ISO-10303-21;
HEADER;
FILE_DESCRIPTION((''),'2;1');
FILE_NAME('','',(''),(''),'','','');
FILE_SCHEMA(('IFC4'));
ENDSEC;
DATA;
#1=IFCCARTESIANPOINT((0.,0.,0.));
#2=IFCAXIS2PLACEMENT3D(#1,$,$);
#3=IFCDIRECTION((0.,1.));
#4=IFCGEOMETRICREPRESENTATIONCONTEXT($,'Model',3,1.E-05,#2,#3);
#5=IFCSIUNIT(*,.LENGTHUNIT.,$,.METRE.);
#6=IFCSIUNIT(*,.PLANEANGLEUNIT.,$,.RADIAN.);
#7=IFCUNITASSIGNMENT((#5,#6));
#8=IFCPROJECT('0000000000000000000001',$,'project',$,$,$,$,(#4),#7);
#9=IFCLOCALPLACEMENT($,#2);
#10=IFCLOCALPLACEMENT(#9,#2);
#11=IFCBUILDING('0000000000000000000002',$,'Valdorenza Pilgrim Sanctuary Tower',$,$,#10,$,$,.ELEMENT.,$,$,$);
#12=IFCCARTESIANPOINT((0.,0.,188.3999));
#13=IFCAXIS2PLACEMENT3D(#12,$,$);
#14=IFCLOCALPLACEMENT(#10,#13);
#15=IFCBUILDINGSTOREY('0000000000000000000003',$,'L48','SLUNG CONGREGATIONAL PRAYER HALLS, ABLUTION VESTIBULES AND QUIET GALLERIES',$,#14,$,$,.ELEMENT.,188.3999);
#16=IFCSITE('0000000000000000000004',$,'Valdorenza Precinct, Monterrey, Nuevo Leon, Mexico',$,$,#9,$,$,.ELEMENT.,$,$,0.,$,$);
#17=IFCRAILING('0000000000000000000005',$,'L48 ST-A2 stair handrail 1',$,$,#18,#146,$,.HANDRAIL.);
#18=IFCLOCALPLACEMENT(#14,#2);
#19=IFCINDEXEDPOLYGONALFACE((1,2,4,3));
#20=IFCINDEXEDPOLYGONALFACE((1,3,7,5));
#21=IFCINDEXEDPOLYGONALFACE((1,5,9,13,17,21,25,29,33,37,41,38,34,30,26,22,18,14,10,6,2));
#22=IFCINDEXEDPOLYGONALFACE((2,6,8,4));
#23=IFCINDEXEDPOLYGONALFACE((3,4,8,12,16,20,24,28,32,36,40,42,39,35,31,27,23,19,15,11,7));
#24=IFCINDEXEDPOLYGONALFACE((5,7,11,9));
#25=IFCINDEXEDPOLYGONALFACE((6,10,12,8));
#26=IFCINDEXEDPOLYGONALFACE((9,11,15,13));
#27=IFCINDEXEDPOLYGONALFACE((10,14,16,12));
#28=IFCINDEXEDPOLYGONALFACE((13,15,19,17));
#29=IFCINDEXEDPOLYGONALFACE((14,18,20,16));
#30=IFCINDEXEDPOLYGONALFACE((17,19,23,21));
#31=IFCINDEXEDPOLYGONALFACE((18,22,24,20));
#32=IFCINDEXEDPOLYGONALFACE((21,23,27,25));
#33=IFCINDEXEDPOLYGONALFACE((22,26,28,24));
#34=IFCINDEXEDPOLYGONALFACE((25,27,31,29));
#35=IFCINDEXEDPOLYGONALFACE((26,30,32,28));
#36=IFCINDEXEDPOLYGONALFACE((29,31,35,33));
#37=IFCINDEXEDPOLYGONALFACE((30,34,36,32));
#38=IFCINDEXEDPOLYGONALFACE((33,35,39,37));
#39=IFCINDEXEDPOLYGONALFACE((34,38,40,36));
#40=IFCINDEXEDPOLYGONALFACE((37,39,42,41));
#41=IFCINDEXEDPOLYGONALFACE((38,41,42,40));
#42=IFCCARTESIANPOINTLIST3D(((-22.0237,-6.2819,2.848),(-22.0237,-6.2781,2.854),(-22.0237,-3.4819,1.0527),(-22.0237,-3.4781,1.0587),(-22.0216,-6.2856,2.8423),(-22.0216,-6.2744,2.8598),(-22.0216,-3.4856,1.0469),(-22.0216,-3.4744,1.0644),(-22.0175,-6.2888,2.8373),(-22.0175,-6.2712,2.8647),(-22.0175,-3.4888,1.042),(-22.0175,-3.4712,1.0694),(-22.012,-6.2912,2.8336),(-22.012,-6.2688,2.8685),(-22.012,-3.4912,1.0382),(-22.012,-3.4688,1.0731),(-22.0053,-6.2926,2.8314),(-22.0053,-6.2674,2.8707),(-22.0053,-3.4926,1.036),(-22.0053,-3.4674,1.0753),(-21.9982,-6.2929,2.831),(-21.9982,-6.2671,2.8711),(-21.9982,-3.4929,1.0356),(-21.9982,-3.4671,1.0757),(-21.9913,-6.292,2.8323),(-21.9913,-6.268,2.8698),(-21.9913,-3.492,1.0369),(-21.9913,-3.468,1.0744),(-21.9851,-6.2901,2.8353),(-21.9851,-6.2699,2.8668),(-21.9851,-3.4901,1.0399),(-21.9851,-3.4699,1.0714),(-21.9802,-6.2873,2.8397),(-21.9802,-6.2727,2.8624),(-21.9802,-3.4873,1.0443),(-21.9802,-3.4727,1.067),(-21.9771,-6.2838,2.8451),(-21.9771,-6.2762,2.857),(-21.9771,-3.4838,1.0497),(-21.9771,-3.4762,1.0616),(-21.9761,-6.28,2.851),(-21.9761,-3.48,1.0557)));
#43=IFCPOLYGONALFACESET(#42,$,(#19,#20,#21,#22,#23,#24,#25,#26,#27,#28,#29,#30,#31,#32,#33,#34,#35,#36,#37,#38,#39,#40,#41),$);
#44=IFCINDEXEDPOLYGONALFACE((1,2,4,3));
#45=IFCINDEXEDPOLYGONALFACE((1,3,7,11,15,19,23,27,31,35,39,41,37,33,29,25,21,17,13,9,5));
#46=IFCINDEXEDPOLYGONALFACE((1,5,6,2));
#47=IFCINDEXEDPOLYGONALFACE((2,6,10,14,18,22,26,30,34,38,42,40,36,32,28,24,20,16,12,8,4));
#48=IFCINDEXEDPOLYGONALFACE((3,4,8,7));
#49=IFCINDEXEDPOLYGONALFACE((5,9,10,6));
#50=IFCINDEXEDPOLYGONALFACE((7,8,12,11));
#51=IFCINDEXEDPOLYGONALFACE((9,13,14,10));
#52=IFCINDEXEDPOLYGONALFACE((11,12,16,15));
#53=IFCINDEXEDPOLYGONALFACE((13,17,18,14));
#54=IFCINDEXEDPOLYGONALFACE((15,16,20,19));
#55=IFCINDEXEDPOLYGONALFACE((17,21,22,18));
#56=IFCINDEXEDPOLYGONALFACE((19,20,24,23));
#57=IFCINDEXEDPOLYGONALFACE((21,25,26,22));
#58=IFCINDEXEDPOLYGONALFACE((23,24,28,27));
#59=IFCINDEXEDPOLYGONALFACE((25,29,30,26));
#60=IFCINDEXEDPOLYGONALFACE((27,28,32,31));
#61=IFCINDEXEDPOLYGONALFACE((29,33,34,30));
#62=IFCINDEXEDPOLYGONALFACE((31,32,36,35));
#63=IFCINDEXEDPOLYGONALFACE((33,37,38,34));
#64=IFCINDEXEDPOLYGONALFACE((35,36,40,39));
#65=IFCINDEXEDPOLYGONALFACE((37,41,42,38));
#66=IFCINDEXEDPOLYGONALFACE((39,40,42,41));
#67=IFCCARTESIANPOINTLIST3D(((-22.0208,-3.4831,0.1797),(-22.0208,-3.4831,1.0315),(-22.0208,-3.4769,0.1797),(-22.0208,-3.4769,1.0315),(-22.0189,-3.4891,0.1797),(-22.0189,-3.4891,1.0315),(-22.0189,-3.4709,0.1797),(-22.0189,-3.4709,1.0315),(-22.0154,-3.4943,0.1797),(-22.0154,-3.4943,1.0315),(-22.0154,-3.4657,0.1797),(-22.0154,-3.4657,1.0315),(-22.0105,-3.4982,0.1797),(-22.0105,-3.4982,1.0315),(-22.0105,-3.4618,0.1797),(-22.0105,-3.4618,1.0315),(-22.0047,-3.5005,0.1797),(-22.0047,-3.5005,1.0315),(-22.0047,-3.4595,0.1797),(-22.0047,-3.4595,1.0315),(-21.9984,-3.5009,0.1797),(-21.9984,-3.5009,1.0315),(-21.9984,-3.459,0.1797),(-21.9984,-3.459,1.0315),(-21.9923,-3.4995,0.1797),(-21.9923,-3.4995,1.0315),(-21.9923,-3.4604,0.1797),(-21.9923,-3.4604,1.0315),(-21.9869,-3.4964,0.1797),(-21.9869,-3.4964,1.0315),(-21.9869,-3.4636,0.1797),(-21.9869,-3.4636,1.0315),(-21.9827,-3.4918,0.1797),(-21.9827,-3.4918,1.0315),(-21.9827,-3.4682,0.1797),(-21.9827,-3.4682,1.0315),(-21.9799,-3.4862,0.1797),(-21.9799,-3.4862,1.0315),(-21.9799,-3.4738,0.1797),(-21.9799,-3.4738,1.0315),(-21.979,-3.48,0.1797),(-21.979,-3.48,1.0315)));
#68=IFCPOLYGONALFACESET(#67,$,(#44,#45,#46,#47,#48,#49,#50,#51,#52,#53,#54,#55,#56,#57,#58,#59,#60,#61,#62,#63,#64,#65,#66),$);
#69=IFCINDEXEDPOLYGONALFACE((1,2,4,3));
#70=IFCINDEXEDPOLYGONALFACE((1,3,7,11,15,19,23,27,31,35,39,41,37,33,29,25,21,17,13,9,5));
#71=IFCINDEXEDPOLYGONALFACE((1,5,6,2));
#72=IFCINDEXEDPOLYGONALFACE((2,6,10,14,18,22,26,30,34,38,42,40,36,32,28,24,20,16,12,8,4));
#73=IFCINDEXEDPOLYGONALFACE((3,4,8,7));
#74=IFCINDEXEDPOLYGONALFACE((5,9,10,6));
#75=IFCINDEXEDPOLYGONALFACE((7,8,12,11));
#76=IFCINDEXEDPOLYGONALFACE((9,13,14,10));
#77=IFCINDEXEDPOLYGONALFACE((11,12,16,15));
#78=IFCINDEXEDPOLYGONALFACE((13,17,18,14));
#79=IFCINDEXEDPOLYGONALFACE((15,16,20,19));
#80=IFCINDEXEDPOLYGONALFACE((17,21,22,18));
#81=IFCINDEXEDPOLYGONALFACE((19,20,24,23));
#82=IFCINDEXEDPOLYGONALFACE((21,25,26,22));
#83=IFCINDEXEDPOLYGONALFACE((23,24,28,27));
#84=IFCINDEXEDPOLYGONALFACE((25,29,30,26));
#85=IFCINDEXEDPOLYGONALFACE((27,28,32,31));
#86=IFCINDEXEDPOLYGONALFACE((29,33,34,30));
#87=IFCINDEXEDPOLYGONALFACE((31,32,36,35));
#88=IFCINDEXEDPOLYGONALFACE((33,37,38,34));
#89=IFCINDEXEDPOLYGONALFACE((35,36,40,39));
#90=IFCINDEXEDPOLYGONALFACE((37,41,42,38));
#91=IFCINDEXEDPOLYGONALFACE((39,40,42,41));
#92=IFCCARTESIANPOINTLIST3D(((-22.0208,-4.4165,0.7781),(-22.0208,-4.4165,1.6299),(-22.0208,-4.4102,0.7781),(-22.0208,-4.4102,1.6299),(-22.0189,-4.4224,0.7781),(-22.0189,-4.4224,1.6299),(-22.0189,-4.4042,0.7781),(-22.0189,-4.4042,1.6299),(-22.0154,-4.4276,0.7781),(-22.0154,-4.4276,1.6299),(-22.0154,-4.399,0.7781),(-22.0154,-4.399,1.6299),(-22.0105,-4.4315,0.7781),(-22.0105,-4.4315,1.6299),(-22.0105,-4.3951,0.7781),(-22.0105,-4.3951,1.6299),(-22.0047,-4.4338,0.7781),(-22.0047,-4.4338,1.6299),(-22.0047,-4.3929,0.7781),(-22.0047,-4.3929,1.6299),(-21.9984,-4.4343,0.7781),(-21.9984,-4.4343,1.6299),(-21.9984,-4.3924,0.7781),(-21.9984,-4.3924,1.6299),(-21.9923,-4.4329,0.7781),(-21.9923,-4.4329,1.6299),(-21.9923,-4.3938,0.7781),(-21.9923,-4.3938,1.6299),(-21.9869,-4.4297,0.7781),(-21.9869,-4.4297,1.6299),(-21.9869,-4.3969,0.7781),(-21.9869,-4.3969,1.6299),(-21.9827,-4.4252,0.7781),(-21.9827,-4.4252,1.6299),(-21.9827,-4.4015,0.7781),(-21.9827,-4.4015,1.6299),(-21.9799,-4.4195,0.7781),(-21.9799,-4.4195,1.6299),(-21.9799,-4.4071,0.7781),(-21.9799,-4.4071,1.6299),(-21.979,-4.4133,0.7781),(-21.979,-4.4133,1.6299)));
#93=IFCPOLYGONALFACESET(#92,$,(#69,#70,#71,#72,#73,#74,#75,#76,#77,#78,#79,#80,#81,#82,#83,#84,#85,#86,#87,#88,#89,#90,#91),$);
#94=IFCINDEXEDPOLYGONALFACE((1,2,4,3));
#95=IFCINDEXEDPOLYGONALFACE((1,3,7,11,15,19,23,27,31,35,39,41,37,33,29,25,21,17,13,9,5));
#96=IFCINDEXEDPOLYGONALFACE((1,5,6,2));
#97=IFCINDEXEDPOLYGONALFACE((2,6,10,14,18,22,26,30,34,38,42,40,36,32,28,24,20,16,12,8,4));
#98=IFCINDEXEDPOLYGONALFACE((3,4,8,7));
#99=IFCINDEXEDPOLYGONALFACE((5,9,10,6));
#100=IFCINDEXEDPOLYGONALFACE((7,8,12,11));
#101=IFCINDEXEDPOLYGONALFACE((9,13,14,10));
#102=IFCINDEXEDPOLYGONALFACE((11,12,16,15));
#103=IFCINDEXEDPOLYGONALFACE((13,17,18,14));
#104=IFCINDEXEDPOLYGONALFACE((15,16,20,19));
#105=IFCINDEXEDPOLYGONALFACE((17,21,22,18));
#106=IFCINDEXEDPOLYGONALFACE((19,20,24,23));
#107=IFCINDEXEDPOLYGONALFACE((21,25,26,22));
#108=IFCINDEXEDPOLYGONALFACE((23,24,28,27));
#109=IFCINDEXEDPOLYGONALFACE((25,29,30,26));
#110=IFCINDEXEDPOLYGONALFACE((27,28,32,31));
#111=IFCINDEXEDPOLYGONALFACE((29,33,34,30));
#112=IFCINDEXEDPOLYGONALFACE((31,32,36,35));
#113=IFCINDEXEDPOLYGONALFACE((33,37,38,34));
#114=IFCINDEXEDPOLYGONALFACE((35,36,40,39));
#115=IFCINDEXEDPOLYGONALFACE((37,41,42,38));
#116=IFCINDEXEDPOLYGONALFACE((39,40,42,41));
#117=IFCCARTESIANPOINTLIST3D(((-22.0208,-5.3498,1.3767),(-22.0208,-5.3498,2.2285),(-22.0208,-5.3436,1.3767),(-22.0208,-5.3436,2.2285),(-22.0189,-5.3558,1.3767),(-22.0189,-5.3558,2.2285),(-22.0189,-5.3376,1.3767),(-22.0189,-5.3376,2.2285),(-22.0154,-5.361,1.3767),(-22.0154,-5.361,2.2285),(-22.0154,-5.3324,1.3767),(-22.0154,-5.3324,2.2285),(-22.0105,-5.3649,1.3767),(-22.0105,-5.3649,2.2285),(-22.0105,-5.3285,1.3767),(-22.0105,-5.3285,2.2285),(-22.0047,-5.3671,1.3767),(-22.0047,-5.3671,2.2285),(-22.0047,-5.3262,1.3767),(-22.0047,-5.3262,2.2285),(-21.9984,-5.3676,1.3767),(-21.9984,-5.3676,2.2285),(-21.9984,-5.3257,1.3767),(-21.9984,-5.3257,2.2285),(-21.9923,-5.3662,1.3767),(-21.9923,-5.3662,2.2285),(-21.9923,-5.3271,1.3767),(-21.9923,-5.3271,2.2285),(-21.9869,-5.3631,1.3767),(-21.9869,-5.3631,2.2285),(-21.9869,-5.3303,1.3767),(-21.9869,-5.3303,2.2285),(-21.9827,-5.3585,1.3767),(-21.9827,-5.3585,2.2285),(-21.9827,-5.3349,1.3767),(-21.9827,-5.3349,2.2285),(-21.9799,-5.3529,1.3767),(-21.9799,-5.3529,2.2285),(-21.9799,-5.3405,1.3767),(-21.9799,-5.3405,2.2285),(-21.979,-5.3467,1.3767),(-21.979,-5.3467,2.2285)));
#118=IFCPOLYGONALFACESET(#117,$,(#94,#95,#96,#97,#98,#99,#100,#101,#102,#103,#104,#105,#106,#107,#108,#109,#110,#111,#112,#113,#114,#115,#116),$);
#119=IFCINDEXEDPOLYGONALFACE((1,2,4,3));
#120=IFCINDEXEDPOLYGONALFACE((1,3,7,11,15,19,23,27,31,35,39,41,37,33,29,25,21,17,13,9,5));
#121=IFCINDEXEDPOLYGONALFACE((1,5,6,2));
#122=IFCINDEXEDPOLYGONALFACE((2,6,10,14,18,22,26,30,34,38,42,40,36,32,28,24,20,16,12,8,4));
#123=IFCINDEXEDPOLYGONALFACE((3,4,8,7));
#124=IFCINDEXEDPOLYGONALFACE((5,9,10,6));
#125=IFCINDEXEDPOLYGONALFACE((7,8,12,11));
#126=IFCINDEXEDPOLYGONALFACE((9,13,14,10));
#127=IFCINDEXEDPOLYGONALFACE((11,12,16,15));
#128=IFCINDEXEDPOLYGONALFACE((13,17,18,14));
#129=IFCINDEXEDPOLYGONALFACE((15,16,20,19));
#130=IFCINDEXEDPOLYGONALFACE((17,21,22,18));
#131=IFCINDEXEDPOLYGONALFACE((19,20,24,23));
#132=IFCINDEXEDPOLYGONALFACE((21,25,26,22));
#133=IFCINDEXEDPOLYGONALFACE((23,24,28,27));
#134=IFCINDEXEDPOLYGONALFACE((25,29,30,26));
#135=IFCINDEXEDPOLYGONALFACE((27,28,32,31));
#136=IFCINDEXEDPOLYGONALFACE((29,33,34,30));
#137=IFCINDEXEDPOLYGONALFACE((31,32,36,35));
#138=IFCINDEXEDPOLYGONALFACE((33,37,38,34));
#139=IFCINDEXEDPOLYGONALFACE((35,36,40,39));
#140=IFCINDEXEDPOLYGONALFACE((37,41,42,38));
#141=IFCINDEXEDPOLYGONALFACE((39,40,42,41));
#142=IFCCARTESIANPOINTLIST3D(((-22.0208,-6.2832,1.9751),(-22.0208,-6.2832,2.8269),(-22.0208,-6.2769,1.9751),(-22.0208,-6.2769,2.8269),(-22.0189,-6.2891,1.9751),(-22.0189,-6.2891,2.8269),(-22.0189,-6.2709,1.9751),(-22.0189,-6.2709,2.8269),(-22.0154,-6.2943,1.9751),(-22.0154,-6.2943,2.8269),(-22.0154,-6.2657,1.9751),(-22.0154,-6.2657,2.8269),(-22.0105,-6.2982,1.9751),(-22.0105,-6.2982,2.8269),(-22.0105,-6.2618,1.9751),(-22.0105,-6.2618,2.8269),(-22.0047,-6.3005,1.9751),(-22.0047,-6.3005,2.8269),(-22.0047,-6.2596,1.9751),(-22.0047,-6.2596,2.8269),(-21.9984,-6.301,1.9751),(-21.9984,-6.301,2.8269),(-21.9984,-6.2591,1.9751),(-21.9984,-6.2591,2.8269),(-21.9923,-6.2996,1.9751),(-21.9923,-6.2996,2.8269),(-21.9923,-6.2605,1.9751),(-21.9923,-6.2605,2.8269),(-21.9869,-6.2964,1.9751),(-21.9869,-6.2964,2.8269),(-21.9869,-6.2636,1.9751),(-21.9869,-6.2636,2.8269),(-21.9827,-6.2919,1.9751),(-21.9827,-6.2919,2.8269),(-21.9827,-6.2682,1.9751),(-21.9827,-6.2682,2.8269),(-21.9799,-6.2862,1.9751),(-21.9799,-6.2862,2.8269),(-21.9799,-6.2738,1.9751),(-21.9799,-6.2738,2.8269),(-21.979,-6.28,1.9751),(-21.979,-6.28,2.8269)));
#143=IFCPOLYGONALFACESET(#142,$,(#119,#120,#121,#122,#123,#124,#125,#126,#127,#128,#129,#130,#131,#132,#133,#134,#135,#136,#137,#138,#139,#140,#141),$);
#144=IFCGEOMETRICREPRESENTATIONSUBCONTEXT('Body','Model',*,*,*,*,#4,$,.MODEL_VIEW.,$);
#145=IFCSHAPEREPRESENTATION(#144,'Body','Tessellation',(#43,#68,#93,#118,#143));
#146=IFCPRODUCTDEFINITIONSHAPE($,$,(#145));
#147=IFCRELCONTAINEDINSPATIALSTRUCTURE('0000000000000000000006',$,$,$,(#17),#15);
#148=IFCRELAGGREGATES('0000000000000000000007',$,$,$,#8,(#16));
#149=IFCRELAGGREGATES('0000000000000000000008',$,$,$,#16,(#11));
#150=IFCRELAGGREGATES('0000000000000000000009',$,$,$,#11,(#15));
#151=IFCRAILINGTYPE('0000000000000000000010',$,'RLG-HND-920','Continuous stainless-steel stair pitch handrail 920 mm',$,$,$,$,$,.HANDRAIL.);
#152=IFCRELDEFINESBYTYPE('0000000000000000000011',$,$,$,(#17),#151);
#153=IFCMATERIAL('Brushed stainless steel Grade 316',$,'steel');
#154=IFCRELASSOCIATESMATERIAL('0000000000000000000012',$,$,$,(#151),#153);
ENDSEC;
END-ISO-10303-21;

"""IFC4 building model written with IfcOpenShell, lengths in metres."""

from ifc_helpers import new_model, si_unit, direction, frame, origin, origin_2d, place, context, subcontext, project, spatial, circle, extrude, material, type_object, element, save


model = new_model("IFC4")

# Units and contexts
model_context = context("Model", 3, precision=1e-05, world=origin(), true_north=direction((0.0, 1.0)))
body_context = subcontext(model_context, "Body", "Model", "MODEL_VIEW")
ifc_project = project(units=[si_unit("LENGTHUNIT", "METRE"), si_unit("PLANEANGLEUNIT", "RADIAN")], contexts=[model_context])

# Site, building, storey
site_placement = place(None, origin())
site = spatial("IfcSite", under=ifc_project, at=site_placement, Name="Valdorenza Precinct, Monterrey, Nuevo Leon, Mexico", CompositionType="ELEMENT", RefElevation=0.0)
building_placement = place(site_placement, origin())
building = spatial("IfcBuilding", under=site, at=building_placement, Name="Valdorenza Pilgrim Sanctuary Tower", CompositionType="ELEMENT")
storey_placement = place(building_placement, frame((0.0, 0.0, 188.3999)))
storey = spatial("IfcBuildingStorey", under=building, at=storey_placement, Name="L48", Description="SLUNG CONGREGATIONAL PRAYER HALLS, ABLUTION VESTIBULES AND QUIET GALLERIES", CompositionType="ELEMENT", Elevation=188.3999)

# Shared definitions
ifc_material_1 = material(Name="Brushed stainless steel Grade 316", Category="steel")

# Railing
railing_type_1 = type_object("IfcRailingType", Name="RLG-HND-920", Description="Continuous stainless-steel stair pitch handrail 920 mm", PredefinedType="HANDRAIL", material=ifc_material_1)
railing_1_placement = place(storey_placement, frame((-22.0, -3.48, 0.1797)))
element("IfcRailing", 1, at=railing_1_placement, inside=storey, type_object=railing_type_1, Name="L48 ST-A2 stair handrail 1", PredefinedType="HANDRAIL", context=body_context, shape_type="SweptSolid", body=[
    extrude(circle(Radius=0.0239, at=origin_2d()), frame((0.0, 0.0, 0.876), z_axis=(0.0, -0.84181, 0.539774), x_axis=(1.0, 0.0, 0.0)), (0.0, 0.0, 1.0), 3.3262),
    extrude(circle(Radius=0.021, at=origin_2d()), origin(), (0.0, 0.0, 1.0), 0.8518),
    extrude(circle(Radius=0.021, at=origin_2d()), frame((0.0, -0.9333, 0.5984)), (0.0, 0.0, 1.0), 0.8518),
    extrude(circle(Radius=0.021, at=origin_2d()), frame((0.0, -1.8667, 1.197)), (0.0, 0.0, 1.0), 0.8518),
    extrude(circle(Radius=0.021, at=origin_2d()), frame((0.0, -2.8, 1.7954)), (0.0, 0.0, 1.0), 0.8518),
])

save(model, "model.ifc")
